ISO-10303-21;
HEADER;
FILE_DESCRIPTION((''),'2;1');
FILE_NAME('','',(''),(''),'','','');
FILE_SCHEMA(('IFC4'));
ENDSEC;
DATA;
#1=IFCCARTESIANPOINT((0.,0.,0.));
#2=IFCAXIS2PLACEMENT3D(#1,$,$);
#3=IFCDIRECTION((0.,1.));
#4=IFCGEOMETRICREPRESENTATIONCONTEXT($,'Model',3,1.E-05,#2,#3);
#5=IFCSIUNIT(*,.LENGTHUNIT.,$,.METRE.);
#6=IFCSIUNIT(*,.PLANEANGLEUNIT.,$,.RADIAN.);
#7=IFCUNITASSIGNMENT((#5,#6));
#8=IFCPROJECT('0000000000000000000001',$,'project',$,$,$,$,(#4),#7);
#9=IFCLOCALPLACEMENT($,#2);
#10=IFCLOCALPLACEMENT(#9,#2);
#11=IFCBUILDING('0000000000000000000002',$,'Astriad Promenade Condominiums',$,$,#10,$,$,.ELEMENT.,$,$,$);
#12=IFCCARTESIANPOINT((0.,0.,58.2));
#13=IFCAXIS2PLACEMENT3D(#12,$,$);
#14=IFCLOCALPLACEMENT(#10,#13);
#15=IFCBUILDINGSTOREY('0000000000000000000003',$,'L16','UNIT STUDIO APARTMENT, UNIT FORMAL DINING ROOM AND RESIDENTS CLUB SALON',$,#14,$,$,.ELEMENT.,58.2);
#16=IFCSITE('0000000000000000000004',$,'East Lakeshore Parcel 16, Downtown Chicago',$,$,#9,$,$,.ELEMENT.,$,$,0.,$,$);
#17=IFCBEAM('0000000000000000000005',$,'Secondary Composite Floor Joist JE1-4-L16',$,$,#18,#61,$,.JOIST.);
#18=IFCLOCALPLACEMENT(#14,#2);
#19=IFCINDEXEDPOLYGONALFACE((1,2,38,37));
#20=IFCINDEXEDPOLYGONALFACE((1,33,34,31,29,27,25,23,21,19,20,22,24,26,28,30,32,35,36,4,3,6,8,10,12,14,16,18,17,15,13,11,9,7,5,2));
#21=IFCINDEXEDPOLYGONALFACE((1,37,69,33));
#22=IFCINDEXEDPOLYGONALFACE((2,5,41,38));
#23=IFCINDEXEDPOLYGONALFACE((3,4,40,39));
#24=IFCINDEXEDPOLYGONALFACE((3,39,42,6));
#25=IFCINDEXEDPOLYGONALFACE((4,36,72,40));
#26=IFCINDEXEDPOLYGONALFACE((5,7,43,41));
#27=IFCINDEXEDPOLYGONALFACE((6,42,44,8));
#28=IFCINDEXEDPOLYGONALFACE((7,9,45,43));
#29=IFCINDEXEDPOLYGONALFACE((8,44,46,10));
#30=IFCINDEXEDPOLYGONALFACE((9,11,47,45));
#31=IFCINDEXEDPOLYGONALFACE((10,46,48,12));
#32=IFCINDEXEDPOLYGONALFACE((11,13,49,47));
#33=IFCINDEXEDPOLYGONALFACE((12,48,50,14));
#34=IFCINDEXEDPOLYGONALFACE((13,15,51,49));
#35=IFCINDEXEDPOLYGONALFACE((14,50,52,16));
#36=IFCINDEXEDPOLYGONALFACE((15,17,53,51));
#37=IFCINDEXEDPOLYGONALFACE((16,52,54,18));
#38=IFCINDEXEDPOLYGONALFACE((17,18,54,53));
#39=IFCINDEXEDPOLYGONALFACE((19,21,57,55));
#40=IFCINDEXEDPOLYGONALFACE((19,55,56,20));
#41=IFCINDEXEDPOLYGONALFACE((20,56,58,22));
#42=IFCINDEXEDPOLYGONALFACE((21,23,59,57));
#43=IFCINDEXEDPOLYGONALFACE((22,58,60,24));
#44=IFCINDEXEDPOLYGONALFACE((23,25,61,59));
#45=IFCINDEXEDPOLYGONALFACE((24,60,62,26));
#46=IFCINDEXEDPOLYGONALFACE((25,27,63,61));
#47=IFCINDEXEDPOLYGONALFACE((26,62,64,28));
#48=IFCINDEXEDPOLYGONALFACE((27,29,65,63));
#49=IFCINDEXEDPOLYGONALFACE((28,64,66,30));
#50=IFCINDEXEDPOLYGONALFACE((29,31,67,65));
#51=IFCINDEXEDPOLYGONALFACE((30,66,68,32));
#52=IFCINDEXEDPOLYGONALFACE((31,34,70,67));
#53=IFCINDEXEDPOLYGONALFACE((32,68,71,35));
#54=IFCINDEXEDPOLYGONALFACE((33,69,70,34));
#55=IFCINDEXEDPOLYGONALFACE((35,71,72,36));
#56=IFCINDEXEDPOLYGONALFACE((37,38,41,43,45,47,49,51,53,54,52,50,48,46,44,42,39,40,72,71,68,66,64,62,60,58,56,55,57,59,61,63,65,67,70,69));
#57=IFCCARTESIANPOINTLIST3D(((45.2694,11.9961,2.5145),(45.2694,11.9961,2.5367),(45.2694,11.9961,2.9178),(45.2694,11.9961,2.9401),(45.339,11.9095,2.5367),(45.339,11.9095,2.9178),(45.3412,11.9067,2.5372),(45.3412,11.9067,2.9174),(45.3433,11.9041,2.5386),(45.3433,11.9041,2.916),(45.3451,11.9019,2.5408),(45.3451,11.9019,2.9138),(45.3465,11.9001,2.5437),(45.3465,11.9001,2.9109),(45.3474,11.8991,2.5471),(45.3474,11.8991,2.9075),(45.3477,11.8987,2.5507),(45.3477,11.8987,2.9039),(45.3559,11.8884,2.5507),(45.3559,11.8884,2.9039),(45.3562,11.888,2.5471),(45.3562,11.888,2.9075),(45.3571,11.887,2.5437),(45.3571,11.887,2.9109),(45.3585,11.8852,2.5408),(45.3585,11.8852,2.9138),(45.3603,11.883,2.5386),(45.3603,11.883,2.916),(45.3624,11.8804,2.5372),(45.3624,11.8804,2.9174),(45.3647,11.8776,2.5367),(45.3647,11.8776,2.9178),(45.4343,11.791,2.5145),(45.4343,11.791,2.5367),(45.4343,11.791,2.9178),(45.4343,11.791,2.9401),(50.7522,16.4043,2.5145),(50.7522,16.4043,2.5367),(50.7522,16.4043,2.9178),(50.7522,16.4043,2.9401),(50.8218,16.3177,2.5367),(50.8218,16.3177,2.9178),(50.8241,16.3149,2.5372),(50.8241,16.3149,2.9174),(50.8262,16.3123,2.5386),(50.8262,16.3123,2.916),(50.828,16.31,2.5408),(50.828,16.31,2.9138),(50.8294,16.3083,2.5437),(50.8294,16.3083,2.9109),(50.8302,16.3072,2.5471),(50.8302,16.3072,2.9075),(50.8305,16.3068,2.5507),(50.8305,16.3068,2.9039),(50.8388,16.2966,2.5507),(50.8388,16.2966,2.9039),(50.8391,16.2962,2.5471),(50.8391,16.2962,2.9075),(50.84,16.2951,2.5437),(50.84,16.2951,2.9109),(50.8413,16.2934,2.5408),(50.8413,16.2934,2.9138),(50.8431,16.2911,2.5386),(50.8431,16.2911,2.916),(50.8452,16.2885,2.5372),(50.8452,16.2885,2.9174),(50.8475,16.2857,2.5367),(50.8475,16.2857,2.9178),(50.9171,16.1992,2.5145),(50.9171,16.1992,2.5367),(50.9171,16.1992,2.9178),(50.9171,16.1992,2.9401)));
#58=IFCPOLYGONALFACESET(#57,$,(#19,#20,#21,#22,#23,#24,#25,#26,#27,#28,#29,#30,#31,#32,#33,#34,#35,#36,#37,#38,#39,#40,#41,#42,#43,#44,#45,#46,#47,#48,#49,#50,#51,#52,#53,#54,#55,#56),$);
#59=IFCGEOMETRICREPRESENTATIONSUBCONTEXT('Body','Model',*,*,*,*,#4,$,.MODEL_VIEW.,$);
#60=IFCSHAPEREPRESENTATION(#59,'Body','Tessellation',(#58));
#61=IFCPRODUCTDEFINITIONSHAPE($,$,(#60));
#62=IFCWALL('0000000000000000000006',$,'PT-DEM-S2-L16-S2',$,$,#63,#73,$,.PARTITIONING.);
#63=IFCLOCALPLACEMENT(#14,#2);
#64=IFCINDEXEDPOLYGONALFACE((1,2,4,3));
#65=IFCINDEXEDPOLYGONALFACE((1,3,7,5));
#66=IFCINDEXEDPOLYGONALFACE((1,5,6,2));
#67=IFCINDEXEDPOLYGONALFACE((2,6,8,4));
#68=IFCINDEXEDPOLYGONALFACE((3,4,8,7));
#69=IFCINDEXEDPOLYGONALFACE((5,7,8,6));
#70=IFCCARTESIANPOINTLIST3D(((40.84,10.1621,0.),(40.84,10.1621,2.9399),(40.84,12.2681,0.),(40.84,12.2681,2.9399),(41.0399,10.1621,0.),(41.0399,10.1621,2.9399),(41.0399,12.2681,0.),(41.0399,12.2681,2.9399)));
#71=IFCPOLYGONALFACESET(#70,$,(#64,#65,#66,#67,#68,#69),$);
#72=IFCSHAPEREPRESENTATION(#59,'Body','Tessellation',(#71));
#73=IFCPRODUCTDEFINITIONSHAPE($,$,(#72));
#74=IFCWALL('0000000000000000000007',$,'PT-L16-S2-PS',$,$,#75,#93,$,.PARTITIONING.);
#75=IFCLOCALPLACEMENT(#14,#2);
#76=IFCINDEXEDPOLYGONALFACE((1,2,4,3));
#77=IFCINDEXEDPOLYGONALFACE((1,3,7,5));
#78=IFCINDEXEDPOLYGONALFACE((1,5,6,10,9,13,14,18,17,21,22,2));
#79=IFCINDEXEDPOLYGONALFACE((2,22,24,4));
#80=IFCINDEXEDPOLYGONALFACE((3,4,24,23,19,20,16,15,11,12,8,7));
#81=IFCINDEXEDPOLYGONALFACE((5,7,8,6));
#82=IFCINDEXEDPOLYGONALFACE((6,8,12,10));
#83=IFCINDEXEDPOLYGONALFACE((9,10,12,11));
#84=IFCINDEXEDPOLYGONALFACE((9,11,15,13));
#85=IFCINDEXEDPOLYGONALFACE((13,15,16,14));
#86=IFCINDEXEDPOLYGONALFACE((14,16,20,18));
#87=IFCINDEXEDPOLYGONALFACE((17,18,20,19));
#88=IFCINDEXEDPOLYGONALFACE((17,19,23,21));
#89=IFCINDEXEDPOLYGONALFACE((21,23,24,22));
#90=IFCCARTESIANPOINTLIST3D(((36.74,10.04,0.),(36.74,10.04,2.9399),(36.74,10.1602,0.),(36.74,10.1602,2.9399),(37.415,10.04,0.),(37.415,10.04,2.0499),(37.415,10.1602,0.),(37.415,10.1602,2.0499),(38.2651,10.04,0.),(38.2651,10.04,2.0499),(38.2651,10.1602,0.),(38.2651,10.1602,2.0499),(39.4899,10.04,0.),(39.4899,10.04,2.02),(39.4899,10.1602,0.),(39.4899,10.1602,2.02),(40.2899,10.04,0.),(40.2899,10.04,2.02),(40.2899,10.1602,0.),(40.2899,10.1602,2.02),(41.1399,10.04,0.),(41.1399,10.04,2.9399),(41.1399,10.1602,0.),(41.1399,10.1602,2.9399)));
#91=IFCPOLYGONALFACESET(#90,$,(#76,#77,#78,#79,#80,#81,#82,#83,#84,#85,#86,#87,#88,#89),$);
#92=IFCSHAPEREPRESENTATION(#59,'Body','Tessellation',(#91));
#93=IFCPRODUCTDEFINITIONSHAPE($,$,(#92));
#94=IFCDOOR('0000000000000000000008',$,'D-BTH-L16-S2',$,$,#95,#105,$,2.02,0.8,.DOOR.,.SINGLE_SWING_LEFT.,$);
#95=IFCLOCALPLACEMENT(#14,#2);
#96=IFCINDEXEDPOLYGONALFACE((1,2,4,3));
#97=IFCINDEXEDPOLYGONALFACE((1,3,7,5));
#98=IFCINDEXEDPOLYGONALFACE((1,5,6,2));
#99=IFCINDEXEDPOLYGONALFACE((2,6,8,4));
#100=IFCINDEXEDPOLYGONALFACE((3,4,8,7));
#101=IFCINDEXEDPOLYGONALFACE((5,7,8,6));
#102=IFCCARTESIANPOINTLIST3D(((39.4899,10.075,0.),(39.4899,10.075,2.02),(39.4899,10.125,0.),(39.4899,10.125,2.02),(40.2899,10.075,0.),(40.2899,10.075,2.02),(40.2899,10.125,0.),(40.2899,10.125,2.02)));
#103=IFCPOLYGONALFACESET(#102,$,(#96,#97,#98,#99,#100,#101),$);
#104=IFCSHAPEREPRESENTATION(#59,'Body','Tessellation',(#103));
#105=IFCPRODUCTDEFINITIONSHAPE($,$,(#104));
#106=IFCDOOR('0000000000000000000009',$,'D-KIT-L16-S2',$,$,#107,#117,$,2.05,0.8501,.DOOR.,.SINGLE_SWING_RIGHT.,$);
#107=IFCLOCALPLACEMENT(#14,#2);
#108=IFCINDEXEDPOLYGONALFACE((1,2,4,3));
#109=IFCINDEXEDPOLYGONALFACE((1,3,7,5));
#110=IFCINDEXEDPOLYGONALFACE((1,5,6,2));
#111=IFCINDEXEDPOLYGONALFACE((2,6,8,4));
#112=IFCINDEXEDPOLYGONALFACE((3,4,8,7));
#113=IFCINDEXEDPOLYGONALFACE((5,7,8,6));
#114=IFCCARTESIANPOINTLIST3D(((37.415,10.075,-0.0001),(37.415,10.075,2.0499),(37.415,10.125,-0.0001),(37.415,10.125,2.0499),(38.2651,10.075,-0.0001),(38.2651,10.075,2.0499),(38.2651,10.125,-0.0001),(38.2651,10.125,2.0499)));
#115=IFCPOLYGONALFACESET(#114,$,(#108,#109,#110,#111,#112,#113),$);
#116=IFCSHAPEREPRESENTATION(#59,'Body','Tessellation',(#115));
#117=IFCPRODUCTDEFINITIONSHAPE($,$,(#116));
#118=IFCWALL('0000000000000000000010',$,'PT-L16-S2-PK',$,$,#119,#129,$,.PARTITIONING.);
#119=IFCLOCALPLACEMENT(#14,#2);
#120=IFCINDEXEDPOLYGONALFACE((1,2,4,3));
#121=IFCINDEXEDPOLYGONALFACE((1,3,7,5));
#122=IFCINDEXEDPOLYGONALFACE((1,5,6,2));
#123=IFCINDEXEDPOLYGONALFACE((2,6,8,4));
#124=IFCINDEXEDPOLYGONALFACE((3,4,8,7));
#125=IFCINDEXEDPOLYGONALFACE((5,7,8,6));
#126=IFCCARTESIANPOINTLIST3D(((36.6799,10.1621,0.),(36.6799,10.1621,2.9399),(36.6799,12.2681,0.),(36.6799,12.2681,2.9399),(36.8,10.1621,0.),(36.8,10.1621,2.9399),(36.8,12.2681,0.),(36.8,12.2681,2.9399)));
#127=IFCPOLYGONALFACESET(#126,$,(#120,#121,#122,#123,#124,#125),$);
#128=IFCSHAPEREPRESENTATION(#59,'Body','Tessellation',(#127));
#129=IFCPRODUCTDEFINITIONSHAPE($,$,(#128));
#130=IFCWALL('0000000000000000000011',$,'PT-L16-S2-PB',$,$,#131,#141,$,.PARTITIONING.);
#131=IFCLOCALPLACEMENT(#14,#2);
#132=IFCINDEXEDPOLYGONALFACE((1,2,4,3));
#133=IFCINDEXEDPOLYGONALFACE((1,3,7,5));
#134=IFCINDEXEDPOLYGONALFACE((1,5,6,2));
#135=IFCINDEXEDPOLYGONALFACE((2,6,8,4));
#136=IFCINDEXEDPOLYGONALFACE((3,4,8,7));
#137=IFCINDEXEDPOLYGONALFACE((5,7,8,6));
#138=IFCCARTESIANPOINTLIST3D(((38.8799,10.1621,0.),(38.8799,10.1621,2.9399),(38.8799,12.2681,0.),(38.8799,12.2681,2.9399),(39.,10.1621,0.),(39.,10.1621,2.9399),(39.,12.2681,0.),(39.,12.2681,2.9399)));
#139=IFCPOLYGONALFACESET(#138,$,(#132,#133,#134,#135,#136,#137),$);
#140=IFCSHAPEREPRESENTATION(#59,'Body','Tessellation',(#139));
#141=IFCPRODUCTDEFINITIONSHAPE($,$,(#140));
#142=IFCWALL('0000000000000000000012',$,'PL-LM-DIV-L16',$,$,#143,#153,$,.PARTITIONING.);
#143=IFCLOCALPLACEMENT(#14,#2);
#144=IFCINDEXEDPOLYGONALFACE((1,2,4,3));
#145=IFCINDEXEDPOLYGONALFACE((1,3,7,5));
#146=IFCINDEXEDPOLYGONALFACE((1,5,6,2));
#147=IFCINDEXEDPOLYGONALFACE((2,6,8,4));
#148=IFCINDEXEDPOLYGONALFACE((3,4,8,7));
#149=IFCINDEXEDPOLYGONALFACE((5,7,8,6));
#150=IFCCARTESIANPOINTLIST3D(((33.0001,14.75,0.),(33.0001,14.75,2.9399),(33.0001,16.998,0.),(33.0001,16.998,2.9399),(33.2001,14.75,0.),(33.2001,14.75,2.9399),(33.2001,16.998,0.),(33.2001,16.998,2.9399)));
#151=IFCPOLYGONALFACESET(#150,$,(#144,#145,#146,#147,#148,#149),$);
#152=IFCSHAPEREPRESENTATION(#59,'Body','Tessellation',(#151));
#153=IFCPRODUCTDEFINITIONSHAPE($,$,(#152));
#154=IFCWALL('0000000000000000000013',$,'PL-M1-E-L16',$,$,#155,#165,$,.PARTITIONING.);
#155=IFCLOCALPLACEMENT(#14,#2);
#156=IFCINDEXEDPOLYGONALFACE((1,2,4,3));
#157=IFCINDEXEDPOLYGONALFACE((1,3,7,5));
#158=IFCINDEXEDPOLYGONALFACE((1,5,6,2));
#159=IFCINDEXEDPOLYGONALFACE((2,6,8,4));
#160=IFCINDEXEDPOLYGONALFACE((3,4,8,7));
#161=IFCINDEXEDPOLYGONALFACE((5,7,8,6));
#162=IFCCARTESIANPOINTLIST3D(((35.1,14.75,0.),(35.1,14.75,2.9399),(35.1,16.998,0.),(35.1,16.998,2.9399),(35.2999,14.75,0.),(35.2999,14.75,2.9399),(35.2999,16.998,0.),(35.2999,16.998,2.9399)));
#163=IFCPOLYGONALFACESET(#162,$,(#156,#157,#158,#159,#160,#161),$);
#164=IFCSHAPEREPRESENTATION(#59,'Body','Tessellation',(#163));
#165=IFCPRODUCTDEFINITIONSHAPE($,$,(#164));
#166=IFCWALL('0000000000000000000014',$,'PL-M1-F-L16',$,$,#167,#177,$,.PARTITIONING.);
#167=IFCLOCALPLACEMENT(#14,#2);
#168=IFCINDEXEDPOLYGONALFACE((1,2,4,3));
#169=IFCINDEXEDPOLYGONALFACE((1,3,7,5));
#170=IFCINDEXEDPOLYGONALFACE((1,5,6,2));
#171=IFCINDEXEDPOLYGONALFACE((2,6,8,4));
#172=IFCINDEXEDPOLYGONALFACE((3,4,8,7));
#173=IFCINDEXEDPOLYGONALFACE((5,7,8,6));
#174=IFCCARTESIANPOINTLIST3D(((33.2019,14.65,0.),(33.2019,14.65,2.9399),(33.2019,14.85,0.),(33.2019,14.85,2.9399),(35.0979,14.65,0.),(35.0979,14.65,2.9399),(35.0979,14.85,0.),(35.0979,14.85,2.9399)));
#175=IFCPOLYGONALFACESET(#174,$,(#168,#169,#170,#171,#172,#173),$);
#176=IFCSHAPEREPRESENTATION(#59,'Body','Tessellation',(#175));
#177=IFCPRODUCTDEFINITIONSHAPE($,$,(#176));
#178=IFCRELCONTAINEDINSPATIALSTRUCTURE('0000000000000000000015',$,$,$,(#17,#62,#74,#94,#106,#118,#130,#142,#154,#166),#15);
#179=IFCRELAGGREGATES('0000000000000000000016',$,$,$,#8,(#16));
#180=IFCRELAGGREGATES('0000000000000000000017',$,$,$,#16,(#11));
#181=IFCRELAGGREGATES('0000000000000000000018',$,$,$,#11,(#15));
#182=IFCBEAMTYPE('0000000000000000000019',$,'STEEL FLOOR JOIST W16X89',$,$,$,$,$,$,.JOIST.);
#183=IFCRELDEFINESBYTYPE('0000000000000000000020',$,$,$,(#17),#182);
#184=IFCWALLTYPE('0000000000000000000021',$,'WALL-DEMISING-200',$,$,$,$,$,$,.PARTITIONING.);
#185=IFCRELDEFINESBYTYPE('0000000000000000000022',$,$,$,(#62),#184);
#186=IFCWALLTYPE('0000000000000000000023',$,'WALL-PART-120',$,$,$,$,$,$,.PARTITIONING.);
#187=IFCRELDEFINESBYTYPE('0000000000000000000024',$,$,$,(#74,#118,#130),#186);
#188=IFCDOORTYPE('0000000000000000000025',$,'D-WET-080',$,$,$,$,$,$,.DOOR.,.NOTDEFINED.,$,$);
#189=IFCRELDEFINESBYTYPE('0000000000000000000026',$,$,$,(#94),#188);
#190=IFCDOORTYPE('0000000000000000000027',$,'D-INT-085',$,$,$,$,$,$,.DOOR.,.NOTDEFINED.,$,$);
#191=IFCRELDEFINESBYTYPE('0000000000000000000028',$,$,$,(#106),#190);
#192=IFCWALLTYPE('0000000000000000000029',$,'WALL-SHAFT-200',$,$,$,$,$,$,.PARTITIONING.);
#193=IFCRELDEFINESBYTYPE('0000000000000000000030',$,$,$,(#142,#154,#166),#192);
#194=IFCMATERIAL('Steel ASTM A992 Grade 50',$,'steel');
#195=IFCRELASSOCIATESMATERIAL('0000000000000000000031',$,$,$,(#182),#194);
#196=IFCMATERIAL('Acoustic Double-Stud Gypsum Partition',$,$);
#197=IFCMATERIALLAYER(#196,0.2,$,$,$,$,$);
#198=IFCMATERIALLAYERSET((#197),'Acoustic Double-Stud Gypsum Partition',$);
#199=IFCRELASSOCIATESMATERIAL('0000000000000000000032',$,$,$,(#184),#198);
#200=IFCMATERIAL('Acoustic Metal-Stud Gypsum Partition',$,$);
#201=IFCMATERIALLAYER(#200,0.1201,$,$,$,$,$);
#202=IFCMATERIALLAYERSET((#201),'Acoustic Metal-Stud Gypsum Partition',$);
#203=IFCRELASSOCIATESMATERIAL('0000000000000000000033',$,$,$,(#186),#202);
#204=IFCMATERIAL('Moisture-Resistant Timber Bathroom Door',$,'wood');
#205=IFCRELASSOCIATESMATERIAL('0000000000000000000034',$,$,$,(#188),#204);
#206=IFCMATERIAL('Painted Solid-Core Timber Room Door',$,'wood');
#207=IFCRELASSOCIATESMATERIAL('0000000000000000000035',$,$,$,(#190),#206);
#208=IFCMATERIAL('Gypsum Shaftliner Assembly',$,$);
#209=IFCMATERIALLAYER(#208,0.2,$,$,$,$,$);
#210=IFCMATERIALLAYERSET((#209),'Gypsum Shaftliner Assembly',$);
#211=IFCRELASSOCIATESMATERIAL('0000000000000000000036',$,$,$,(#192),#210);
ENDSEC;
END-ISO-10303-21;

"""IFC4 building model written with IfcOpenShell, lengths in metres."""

from ifc_helpers import new_model, si_unit, direction, frame, frame_2d, origin, origin_2d, place, context, subcontext, project, spatial, rectangle, i_section, extrude, source, transform, mapped, material, layer, layer_set, material_profile, profile_set, type_object, type_shapes, element, fill, save


model = new_model("IFC4")

# Units and contexts
model_context = context("Model", 3, precision=1e-05, world=origin(), true_north=direction((0.0, 1.0)))
body_context = subcontext(model_context, "Body", "Model", "MODEL_VIEW")
ifc_project = project(units=[si_unit("LENGTHUNIT", "METRE"), si_unit("PLANEANGLEUNIT", "RADIAN")], contexts=[model_context])

# Site, building, storey
site_placement = place(None, origin())
site = spatial("IfcSite", under=ifc_project, at=site_placement, Name="East Lakeshore Parcel 16, Downtown Chicago", CompositionType="ELEMENT", RefElevation=0.0)
building_placement = place(site_placement, origin())
building = spatial("IfcBuilding", under=site, at=building_placement, Name="Astriad Promenade Condominiums", CompositionType="ELEMENT")
storey_placement = place(building_placement, frame((0.0, 0.0, 58.2)))
storey = spatial("IfcBuildingStorey", under=building, at=storey_placement, Name="L16", Description="UNIT STUDIO APARTMENT, UNIT FORMAL DINING ROOM AND RESIDENTS CLUB SALON", CompositionType="ELEMENT", Elevation=58.2)

# Shared definitions
ifc_material_1 = material(Name="Steel ASTM A992 Grade 50", Category="steel")

# Beam
ifc_material_profile_1 = material_profile(ifc_material_1, i_section(OverallWidth=0.2632, OverallDepth=0.4255, WebThickness=0.0132, FlangeThickness=0.0222, FilletRadius=0.0139, at=origin_2d()), Name="W16X89")
ifc_profile_set_1 = profile_set([ifc_material_profile_1], Name="Steel ASTM A992 Grade 50")
beam_type = type_object("IfcBeamType", Name="STEEL FLOOR JOIST W16X89", PredefinedType="JOIST", material=ifc_profile_set_1)
shared_shape_1 = source(origin(), body_context, "Body", "SweptSolid", [
    extrude(i_section(OverallWidth=0.2632, OverallDepth=0.4255, WebThickness=0.0132, FlangeThickness=0.0222, FilletRadius=0.0139, at=origin_2d()), origin(), (0.0, 0.0, 1.0), 7.0352),
])
beam_1_placement = place(storey_placement, frame((45.3518, 11.8936, 2.7273), z_axis=(0.77935, 0.626589, 0.0), x_axis=(-0.626589, 0.77935, 0.0)))
element("IfcBeam", 1, at=beam_1_placement, inside=storey, type_object=beam_type, Name="Secondary Composite Floor Joist JE1-4-L16", PredefinedType="JOIST", context=body_context, shape_type="MappedRepresentation", body=[
    mapped(shared_shape_1, transform((0.0, 0.0, 0.0), scale=1.0)),
])

# Wall
ifc_material_2 = material(Name="Acoustic Double-Stud Gypsum Partition")
ifc_layer_1 = layer(ifc_material_2, 0.2)
ifc_layer_set_1 = layer_set([ifc_layer_1], Name="Acoustic Double-Stud Gypsum Partition")
wall_type_1 = type_object("IfcWallType", Name="WALL-DEMISING-200", PredefinedType="PARTITIONING", material=ifc_layer_set_1)
wall_1_placement = place(storey_placement, frame((40.9399, 10.1621, 0.0), z_axis=(0.0, 0.0, 1.0), x_axis=(0.0, 1.0, 0.0)))
element("IfcWall", 2, at=wall_1_placement, inside=storey, type_object=wall_type_1, Name="PT-DEM-S2-L16-S2", PredefinedType="PARTITIONING", context=body_context, shape_type="SweptSolid", body=[
    extrude(rectangle(XDim=2.106, YDim=0.2, at=frame_2d((1.053, 0.0))), origin(), (0.0, 0.0, 1.0), 2.9399),
])

# Wall, openings, doors
ifc_material_3 = material(Name="Acoustic Metal-Stud Gypsum Partition")
ifc_layer_2 = layer(ifc_material_3, 0.1201)
ifc_layer_set_2 = layer_set([ifc_layer_2], Name="Acoustic Metal-Stud Gypsum Partition")
wall_type_2 = type_object("IfcWallType", Name="WALL-PART-120", PredefinedType="PARTITIONING", material=ifc_layer_set_2)
wall_2_placement = place(storey_placement, frame((36.74, 10.1001, 0.0), z_axis=(0.0, 0.0, 1.0), x_axis=(1.0, 0.0, 0.0)))
wall_2 = element("IfcWall", 3, at=wall_2_placement, inside=storey, type_object=wall_type_2, Name="PT-L16-S2-PS", PredefinedType="PARTITIONING", context=body_context, shape_type="SweptSolid", body=[
    extrude(rectangle(XDim=4.3999, YDim=0.1201, at=frame_2d((2.2, 0.0))), origin(), (0.0, 0.0, 1.0), 2.9399),
])
opening_1_placement = place(wall_2_placement, frame((0.675, 0.0, 0.0)))
opening_1 = element("IfcOpeningElement", 4, at=opening_1_placement, cuts=wall_2, PredefinedType="OPENING", context=body_context, shape_type="SweptSolid", body=[
    extrude(rectangle(XDim=0.8501, YDim=2.05, at=frame_2d((0.425, 1.0249))), frame((0.0, 0.0701, 0.0), z_axis=(0.0, -1.0, 0.0), x_axis=(1.0, 0.0, 0.0)), (0.0, 0.0, 1.0), 0.1401),
])
opening_2_placement = place(wall_2_placement, frame((2.75, 0.0, 0.0)))
opening_2 = element("IfcOpeningElement", 5, at=opening_2_placement, cuts=wall_2, PredefinedType="OPENING", context=body_context, shape_type="SweptSolid", body=[
    extrude(rectangle(XDim=0.8, YDim=2.02, at=frame_2d((0.3999, 1.01))), frame((0.0, 0.0701, 0.0), z_axis=(0.0, -1.0, 0.0), x_axis=(1.0, 0.0, 0.0)), (0.0, 0.0, 1.0), 0.1401),
])
ifc_material_4 = material(Name="Moisture-Resistant Timber Bathroom Door", Category="wood")
door_type_1 = type_object("IfcDoorType", Name="D-WET-080", OperationType="NOTDEFINED", PredefinedType="DOOR", material=ifc_material_4)
shared_shape_2 = source(origin(), body_context, "Body", "SweptSolid", [
    extrude(rectangle(XDim=0.8, YDim=2.02, at=frame_2d((0.3999, 1.01))), frame((0.0, 0.0249, 0.0), z_axis=(0.0, -1.0, 0.0), x_axis=(1.0, 0.0, 0.0)), (0.0, 0.0, 1.0), 0.05),
])
type_shapes(door_type_1, [shared_shape_2])
door_1_placement = place(opening_2_placement, origin())
door_1 = element("IfcDoor", 6, at=door_1_placement, inside=storey, type_object=door_type_1, Name="D-BTH-L16-S2", OperationType="SINGLE_SWING_LEFT", OverallHeight=2.02, OverallWidth=0.8, PredefinedType="DOOR", context=body_context, shape_type="MappedRepresentation", body=[
    mapped(shared_shape_2, transform((0.0, 0.0, 0.0), scale=1.0)),
])
fill(opening_2, door_1)
ifc_material_5 = material(Name="Painted Solid-Core Timber Room Door", Category="wood")
door_type_2 = type_object("IfcDoorType", Name="D-INT-085", OperationType="NOTDEFINED", PredefinedType="DOOR", material=ifc_material_5)
shared_shape_3 = source(origin(), body_context, "Body", "SweptSolid", [
    extrude(rectangle(XDim=0.8501, YDim=2.05, at=frame_2d((0.425, 1.0249))), frame((0.0, 0.0249, 0.0), z_axis=(0.0, -1.0, 0.0), x_axis=(1.0, 0.0, 0.0)), (0.0, 0.0, 1.0), 0.05),
])
type_shapes(door_type_2, [shared_shape_3])
door_2_placement = place(opening_1_placement, origin())
door_2 = element("IfcDoor", 7, at=door_2_placement, inside=storey, type_object=door_type_2, Name="D-KIT-L16-S2", OperationType="SINGLE_SWING_RIGHT", OverallHeight=2.05, OverallWidth=0.8501, PredefinedType="DOOR", context=body_context, shape_type="MappedRepresentation", body=[
    mapped(shared_shape_3, transform((0.0, 0.0, 0.0), scale=1.0)),
])
fill(opening_1, door_2)

# Walls
for number, where, z_axis, x_axis, name in (
    (8, (36.74, 10.1621, 0.0), (0.0, 0.0, 1.0), (0.0, 1.0, 0.0), "PT-L16-S2-PK"),
    (9, (38.9399, 10.1621, 0.0), (0.0, 0.0, 1.0), (0.0, 1.0, 0.0), "PT-L16-S2-PB"),
):
    element("IfcWall", number, at=place(storey_placement, frame(where, z_axis=z_axis, x_axis=x_axis)), inside=storey, type_object=wall_type_2, Name=name, PredefinedType="PARTITIONING", context=body_context, shape_type="SweptSolid", body=[
        extrude(rectangle(XDim=2.106, YDim=0.1201, at=frame_2d((1.053, 0.0))), origin(), (0.0, 0.0, 1.0), 2.9399),
    ])
ifc_material_6 = material(Name="Gypsum Shaftliner Assembly")
ifc_layer_3 = layer(ifc_material_6, 0.2)
ifc_layer_set_3 = layer_set([ifc_layer_3], Name="Gypsum Shaftliner Assembly")
wall_type_3 = type_object("IfcWallType", Name="WALL-SHAFT-200", PredefinedType="PARTITIONING", material=ifc_layer_set_3)
for number, where, z_axis, x_axis, name in (
    (10, (33.1001, 14.75, 0.0), (0.0, 0.0, 1.0), (0.0, 1.0, 0.0), "PL-LM-DIV-L16"),
    (11, (35.2, 14.75, 0.0), (0.0, 0.0, 1.0), (0.0, 1.0, 0.0), "PL-M1-E-L16"),
):
    element("IfcWall", number, at=place(storey_placement, frame(where, z_axis=z_axis, x_axis=x_axis)), inside=storey, type_object=wall_type_3, Name=name, PredefinedType="PARTITIONING", context=body_context, shape_type="SweptSolid", body=[
        extrude(rectangle(XDim=2.248, YDim=0.2, at=frame_2d((1.124, 0.0))), origin(), (0.0, 0.0, 1.0), 2.9399),
    ])
wall_3_placement = place(storey_placement, frame((33.2019, 14.75, 0.0), z_axis=(0.0, 0.0, 1.0), x_axis=(1.0, 0.0, 0.0)))
element("IfcWall", 12, at=wall_3_placement, inside=storey, type_object=wall_type_3, Name="PL-M1-F-L16", PredefinedType="PARTITIONING", context=body_context, shape_type="SweptSolid", body=[
    extrude(rectangle(XDim=1.896, YDim=0.2, at=frame_2d((0.948, 0.0))), origin(), (0.0, 0.0, 1.0), 2.9399),
])

save(model, "model.ifc")
